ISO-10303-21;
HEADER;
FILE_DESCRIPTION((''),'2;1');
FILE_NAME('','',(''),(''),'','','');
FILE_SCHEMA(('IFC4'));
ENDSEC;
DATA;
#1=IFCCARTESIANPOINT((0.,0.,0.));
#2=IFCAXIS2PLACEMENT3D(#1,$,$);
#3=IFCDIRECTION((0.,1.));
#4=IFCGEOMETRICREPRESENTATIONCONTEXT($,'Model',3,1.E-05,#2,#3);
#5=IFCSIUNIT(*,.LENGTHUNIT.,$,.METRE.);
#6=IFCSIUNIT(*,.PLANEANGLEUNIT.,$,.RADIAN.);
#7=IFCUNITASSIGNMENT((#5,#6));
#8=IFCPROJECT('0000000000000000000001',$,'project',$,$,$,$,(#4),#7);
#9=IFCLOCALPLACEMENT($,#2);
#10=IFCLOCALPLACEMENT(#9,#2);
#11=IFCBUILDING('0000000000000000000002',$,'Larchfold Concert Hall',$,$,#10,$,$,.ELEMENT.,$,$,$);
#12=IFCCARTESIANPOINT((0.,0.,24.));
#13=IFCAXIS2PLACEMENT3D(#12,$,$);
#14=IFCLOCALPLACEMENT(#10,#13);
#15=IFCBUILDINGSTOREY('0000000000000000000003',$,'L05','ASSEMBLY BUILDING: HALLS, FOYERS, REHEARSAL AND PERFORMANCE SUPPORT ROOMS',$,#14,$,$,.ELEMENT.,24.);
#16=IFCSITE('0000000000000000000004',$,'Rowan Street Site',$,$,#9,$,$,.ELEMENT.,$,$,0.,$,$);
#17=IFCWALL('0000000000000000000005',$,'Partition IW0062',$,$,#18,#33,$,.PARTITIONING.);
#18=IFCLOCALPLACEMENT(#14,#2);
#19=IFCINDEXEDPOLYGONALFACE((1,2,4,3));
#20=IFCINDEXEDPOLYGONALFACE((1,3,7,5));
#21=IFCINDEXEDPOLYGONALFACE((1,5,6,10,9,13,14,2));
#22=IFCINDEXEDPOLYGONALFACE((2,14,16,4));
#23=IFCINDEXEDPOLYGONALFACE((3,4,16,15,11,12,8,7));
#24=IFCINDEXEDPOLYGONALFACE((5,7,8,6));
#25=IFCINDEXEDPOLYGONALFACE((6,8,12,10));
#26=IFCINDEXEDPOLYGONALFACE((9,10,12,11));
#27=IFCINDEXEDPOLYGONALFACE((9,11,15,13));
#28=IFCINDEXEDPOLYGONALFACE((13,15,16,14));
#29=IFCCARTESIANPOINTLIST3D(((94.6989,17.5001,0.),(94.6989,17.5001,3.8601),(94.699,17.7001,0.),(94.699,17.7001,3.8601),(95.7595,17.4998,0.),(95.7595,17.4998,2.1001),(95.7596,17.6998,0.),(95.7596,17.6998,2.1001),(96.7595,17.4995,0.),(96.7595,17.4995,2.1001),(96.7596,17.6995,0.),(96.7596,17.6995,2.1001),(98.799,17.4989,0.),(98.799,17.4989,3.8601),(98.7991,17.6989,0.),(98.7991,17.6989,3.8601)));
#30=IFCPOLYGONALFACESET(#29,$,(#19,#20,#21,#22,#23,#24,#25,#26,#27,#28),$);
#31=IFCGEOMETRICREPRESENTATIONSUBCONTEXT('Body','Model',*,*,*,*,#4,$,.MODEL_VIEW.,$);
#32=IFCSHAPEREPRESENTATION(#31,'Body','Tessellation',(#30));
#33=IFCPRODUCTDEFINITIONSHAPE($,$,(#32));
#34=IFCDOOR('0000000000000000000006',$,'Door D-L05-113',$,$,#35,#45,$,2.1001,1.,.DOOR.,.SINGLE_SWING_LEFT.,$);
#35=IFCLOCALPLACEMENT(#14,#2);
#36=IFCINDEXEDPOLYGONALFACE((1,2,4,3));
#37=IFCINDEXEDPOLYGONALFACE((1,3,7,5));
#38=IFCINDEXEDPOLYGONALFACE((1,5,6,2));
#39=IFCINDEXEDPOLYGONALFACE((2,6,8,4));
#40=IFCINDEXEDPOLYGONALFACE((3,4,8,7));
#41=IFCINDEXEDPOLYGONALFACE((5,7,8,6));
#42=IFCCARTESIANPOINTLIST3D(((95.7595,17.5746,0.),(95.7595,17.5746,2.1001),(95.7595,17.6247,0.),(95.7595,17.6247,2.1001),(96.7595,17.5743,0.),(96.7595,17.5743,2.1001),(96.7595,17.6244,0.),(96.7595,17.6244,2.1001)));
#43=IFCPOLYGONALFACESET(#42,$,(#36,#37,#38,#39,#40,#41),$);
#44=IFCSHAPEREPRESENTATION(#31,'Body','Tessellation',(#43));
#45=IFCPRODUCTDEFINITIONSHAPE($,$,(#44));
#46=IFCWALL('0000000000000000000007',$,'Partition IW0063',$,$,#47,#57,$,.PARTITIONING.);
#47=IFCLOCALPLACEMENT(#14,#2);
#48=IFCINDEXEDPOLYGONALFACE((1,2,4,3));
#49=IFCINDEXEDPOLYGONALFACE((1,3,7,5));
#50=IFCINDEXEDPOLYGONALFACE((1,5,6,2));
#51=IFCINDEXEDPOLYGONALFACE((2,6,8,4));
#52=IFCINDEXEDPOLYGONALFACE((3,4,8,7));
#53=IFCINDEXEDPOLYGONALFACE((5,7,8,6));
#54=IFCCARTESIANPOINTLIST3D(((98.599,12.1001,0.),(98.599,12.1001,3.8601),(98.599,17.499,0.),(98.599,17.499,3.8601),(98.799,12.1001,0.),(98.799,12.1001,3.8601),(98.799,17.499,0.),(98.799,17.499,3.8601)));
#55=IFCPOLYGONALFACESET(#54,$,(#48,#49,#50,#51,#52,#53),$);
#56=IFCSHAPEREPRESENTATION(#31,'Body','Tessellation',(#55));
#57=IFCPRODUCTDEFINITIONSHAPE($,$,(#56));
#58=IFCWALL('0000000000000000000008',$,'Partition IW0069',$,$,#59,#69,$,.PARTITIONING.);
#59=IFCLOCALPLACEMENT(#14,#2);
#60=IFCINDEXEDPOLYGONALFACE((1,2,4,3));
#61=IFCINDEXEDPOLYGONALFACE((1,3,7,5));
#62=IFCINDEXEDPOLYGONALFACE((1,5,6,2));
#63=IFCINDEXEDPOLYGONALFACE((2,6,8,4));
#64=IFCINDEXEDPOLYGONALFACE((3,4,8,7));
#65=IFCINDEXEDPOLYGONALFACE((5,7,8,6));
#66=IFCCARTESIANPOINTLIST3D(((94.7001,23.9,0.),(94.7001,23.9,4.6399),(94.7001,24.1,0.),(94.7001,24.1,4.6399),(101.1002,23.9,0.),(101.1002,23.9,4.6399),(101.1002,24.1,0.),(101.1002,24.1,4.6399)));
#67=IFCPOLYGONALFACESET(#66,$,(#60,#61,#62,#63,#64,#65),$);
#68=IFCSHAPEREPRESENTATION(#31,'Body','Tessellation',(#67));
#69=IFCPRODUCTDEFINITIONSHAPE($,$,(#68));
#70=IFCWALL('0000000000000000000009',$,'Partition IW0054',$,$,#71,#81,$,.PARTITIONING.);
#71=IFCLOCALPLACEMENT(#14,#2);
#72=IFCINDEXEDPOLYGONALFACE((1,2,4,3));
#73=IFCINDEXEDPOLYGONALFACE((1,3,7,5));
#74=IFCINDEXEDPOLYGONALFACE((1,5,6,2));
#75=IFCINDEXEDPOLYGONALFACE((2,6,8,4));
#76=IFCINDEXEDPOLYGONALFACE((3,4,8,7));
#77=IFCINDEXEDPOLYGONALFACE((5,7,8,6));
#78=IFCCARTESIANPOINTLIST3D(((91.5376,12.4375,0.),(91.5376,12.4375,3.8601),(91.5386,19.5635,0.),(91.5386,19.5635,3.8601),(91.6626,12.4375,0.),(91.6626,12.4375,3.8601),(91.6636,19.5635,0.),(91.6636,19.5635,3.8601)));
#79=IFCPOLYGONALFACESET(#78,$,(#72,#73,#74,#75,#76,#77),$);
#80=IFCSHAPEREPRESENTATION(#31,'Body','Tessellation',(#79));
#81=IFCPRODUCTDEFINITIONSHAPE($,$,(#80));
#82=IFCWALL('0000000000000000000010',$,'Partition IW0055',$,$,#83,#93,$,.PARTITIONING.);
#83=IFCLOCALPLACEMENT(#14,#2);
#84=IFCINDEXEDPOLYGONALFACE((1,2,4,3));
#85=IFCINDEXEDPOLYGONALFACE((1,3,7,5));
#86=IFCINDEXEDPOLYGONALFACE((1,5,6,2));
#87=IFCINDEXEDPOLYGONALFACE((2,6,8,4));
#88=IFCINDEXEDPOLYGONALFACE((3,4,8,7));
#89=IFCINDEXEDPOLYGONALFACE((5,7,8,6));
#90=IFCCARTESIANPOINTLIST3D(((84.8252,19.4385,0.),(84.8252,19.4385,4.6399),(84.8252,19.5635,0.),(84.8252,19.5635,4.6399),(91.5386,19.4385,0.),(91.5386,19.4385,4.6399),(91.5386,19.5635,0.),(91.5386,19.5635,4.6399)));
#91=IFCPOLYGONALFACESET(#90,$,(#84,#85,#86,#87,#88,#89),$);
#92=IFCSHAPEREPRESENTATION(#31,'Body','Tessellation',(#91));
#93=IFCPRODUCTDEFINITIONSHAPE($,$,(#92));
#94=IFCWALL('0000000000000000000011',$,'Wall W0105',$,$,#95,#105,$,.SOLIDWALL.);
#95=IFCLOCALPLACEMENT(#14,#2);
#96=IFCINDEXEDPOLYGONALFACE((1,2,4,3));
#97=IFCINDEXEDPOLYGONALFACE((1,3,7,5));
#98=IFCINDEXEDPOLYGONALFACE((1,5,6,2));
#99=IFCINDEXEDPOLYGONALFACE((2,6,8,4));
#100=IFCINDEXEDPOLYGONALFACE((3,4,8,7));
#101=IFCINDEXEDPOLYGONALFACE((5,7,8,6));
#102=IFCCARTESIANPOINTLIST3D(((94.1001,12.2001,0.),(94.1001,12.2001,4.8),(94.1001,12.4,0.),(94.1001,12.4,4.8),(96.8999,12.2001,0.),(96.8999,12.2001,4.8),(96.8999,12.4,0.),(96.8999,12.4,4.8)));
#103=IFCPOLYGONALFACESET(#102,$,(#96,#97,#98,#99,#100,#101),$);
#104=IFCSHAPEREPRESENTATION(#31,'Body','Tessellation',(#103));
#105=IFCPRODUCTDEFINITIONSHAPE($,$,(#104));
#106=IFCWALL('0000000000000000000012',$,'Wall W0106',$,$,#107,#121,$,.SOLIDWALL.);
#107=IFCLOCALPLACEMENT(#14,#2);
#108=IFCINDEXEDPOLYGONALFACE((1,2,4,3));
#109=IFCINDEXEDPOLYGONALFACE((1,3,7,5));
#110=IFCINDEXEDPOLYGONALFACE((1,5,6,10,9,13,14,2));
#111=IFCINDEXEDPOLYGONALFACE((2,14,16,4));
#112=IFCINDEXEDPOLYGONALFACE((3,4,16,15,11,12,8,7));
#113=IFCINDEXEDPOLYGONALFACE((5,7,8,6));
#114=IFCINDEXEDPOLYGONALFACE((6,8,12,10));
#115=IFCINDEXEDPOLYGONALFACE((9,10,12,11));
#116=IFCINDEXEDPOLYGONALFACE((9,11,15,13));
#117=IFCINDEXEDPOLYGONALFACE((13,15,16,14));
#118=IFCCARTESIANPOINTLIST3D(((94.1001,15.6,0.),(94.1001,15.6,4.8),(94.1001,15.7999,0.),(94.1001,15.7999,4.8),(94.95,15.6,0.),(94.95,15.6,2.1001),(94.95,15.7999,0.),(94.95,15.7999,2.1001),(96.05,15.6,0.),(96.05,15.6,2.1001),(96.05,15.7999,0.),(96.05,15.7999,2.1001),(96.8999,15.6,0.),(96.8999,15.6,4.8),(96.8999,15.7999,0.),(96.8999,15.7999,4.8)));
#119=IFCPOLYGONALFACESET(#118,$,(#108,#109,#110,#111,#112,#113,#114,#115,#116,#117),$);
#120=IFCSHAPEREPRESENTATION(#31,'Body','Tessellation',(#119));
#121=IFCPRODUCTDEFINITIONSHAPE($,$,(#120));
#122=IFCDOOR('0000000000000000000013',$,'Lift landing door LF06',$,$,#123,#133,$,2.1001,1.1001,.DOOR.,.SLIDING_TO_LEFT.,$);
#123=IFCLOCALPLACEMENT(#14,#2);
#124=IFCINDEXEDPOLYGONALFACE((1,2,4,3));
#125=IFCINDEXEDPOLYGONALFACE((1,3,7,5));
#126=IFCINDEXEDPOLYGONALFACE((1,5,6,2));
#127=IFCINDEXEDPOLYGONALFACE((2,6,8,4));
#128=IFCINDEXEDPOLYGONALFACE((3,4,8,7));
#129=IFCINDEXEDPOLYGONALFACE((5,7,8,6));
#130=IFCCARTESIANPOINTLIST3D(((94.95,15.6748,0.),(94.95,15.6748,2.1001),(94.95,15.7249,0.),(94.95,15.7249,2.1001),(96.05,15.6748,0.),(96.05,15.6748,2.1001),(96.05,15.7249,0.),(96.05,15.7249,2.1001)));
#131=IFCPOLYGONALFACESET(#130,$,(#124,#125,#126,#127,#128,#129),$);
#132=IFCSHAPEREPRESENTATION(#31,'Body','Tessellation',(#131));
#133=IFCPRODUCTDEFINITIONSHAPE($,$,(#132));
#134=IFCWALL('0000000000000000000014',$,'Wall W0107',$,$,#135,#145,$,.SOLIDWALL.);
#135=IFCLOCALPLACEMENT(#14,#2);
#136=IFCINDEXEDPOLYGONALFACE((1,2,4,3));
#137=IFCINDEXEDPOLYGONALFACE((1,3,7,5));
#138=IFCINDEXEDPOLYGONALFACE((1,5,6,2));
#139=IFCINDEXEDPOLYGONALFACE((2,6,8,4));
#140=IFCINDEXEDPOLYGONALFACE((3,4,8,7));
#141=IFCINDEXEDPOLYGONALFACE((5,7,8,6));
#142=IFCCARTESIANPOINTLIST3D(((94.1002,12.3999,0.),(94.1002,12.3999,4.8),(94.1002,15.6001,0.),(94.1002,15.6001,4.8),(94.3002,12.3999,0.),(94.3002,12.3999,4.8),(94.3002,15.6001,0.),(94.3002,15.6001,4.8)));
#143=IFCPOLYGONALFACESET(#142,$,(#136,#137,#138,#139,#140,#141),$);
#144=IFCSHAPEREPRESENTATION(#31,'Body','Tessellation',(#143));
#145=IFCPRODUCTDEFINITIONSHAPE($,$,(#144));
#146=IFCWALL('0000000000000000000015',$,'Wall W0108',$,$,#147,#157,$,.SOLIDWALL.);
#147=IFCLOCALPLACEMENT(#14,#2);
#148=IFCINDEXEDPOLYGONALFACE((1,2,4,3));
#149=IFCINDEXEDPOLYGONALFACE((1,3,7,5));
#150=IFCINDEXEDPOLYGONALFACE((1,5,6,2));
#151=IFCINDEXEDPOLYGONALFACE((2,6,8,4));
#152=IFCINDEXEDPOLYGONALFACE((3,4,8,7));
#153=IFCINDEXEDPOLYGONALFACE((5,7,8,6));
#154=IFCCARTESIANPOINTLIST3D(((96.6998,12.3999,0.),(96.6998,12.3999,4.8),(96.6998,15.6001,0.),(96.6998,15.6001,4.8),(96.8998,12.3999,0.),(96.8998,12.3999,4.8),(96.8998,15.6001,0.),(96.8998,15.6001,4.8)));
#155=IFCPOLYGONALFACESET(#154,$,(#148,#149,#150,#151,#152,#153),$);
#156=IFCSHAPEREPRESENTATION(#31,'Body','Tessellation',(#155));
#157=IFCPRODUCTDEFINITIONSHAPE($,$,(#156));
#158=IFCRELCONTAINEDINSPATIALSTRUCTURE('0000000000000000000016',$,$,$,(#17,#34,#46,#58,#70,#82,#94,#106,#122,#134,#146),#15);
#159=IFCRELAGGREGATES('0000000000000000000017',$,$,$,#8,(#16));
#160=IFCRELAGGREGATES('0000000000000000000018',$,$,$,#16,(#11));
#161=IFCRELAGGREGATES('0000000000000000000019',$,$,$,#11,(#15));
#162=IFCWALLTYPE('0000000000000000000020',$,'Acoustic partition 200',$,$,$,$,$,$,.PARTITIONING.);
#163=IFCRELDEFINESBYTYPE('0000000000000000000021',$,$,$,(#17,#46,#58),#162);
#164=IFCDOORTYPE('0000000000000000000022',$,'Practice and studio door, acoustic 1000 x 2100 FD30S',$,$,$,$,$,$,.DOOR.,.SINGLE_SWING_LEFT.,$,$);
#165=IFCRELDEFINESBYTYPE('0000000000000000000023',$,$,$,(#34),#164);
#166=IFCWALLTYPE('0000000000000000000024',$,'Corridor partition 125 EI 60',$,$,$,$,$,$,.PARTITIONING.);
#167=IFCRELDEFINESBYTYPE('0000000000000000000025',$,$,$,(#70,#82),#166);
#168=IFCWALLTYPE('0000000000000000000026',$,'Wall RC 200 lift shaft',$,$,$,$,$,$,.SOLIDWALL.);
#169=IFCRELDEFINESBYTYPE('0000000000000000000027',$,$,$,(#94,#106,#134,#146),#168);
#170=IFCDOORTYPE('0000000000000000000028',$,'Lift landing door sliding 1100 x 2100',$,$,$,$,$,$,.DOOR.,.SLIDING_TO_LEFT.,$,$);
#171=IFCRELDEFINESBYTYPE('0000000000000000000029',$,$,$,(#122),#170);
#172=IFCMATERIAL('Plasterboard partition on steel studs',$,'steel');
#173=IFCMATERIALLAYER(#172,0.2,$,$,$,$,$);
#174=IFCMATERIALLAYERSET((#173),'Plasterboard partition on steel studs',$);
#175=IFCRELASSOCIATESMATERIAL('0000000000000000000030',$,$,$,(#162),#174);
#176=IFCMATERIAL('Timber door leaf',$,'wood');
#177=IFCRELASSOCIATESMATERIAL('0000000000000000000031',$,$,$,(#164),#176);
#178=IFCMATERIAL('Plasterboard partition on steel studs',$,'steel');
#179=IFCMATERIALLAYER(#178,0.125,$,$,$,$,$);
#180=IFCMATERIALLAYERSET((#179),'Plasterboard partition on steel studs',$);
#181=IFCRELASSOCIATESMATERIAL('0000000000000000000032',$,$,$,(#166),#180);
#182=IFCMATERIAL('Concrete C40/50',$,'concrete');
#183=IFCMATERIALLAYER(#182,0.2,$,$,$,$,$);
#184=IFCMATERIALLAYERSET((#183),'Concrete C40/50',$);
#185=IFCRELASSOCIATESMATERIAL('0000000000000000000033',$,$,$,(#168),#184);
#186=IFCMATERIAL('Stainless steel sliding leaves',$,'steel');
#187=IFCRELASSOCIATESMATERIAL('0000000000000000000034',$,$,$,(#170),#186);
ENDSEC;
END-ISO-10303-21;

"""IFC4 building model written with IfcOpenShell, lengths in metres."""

from ifc_helpers import new_model, si_unit, direction, frame, frame_2d, origin, place, context, subcontext, project, spatial, rectangle, extrude, material, layer, layer_set, type_object, element, fill, save


model = new_model("IFC4")

# Units and contexts
model_context = context("Model", 3, precision=1e-05, world=origin(), true_north=direction((0.0, 1.0)))
body_context = subcontext(model_context, "Body", "Model", "MODEL_VIEW")
ifc_project = project(units=[si_unit("LENGTHUNIT", "METRE"), si_unit("PLANEANGLEUNIT", "RADIAN")], contexts=[model_context])

# Site, building, storey
site_placement = place(None, origin())
site = spatial("IfcSite", under=ifc_project, at=site_placement, Name="Rowan Street Site", CompositionType="ELEMENT", RefElevation=0.0)
building_placement = place(site_placement, origin())
building = spatial("IfcBuilding", under=site, at=building_placement, Name="Larchfold Concert Hall", CompositionType="ELEMENT")
storey_placement = place(building_placement, frame((0.0, 0.0, 24.0)))
storey = spatial("IfcBuildingStorey", under=building, at=storey_placement, Name="L05", Description="ASSEMBLY BUILDING: HALLS, FOYERS, REHEARSAL AND PERFORMANCE SUPPORT ROOMS", CompositionType="ELEMENT", Elevation=24.0)

# Shared definitions
ifc_material_1 = material(Name="Plasterboard partition on steel studs", Category="steel")
ifc_layer_1 = layer(ifc_material_1, 0.2)
ifc_layer_set_1 = layer_set([ifc_layer_1], Name="Plasterboard partition on steel studs")
wall_type_1 = type_object("IfcWallType", Name="Acoustic partition 200", PredefinedType="PARTITIONING", material=ifc_layer_set_1)

# Wall, opening, door
wall_1_placement = place(storey_placement, frame((94.699, 17.6001, 0.0), z_axis=(0.0, 0.0, 1.0), x_axis=(1.0, -0.000298, 0.0)))
wall_1 = element("IfcWall", 1, at=wall_1_placement, inside=storey, type_object=wall_type_1, Name="Partition IW0062", PredefinedType="PARTITIONING", context=body_context, shape_type="SweptSolid", body=[
    extrude(rectangle(XDim=4.1001, YDim=0.2, at=frame_2d((2.05, 0.0))), origin(), (0.0, 0.0, 1.0), 3.8601),
])
opening_1_placement = place(wall_1_placement, frame((1.0605, 0.0, 0.0)))
opening_1 = element("IfcOpeningElement", 2, at=opening_1_placement, cuts=wall_1, PredefinedType="OPENING", context=body_context, shape_type="SweptSolid", body=[
    extrude(rectangle(XDim=1.0, YDim=2.1001, at=frame_2d((0.5, 1.05))), frame((0.0, 0.1099, 0.0), z_axis=(0.0, -1.0, 0.0), x_axis=(1.0, 0.0, 0.0)), (0.0, 0.0, 1.0), 0.22),
])
ifc_material_2 = material(Name="Timber door leaf", Category="wood")
door_type_1 = type_object("IfcDoorType", Name="Practice and studio door, acoustic 1000 x 2100 FD30S", OperationType="SINGLE_SWING_LEFT", PredefinedType="DOOR", material=ifc_material_2)
door_1_placement = place(opening_1_placement, origin())
door_1 = element("IfcDoor", 3, at=door_1_placement, inside=storey, type_object=door_type_1, Name="Door D-L05-113", OperationType="SINGLE_SWING_LEFT", OverallHeight=2.1001, OverallWidth=1.0, PredefinedType="DOOR", context=body_context, shape_type="SweptSolid", body=[
    extrude(rectangle(XDim=1.0, YDim=2.1001, at=frame_2d((0.5, 1.05))), frame((0.0, 0.0249, 0.0), z_axis=(0.0, -1.0, 0.0), x_axis=(1.0, 0.0, 0.0)), (0.0, 0.0, 1.0), 0.05),
])
fill(opening_1, door_1)

# Walls
wall_2_placement = place(storey_placement, frame((98.699, 17.499, 0.0), z_axis=(0.0, 0.0, 1.0), x_axis=(0.0, -1.0, 0.0)))
element("IfcWall", 4, at=wall_2_placement, inside=storey, type_object=wall_type_1, Name="Partition IW0063", PredefinedType="PARTITIONING", context=body_context, shape_type="SweptSolid", body=[
    extrude(rectangle(XDim=5.3989, YDim=0.2, at=frame_2d((2.6995, 0.0))), origin(), (0.0, 0.0, 1.0), 3.8601),
])
wall_3_placement = place(storey_placement, frame((94.7, 24.0, 0.0), z_axis=(0.0, 0.0, 1.0), x_axis=(1.0, 0.0, 0.0)))
element("IfcWall", 5, at=wall_3_placement, inside=storey, type_object=wall_type_1, Name="Partition IW0069", PredefinedType="PARTITIONING", context=body_context, shape_type="SweptSolid", body=[
    extrude(rectangle(XDim=6.4001, YDim=0.2, at=frame_2d((3.2002, 0.0))), origin(), (0.0, 0.0, 1.0), 4.6399),
])
ifc_material_3 = material(Name="Plasterboard partition on steel studs", Category="steel")
ifc_layer_2 = layer(ifc_material_3, 0.125)
ifc_layer_set_2 = layer_set([ifc_layer_2], Name="Plasterboard partition on steel studs")
wall_type_2 = type_object("IfcWallType", Name="Corridor partition 125 EI 60", PredefinedType="PARTITIONING", material=ifc_layer_set_2)
wall_4_placement = place(storey_placement, frame((91.6001, 12.4375, 0.0), z_axis=(0.0, 0.0, 1.0), x_axis=(0.000137, 1.0, 0.0)))
element("IfcWall", 6, at=wall_4_placement, inside=storey, type_object=wall_type_2, Name="Partition IW0054", PredefinedType="PARTITIONING", context=body_context, shape_type="SweptSolid", body=[
    extrude(rectangle(XDim=7.126, YDim=0.125, at=frame_2d((3.563, 0.0))), origin(), (0.0, 0.0, 1.0), 3.8601),
])
wall_5_placement = place(storey_placement, frame((91.5386, 19.501, 0.0), z_axis=(0.0, 0.0, 1.0), x_axis=(-1.0, 0.0, 0.0)))
element("IfcWall", 7, at=wall_5_placement, inside=storey, type_object=wall_type_2, Name="Partition IW0055", PredefinedType="PARTITIONING", context=body_context, shape_type="SweptSolid", body=[
    extrude(rectangle(XDim=6.7134, YDim=0.125, at=frame_2d((3.3567, 0.0))), origin(), (0.0, 0.0, 1.0), 4.6399),
])
ifc_material_4 = material(Name="Concrete C40/50", Category="concrete")
ifc_layer_3 = layer(ifc_material_4, 0.2)
ifc_layer_set_3 = layer_set([ifc_layer_3], Name="Concrete C40/50")
wall_type_3 = type_object("IfcWallType", Name="Wall RC 200 lift shaft", PredefinedType="SOLIDWALL", material=ifc_layer_set_3)
wall_6_placement = place(storey_placement, frame((94.1001, 12.3, 0.0), z_axis=(0.0, 0.0, 1.0), x_axis=(1.0, 0.0, 0.0)))
element("IfcWall", 8, at=wall_6_placement, inside=storey, type_object=wall_type_3, Name="Wall W0105", PredefinedType="SOLIDWALL", context=body_context, shape_type="SweptSolid", body=[
    extrude(rectangle(XDim=2.7998, YDim=0.2, at=frame_2d((1.3999, 0.0))), origin(), (0.0, 0.0, 1.0), 4.8),
])

# Wall, opening, door
wall_7_placement = place(storey_placement, frame((94.1001, 15.7, 0.0), z_axis=(0.0, 0.0, 1.0), x_axis=(1.0, 0.0, 0.0)))
wall_7 = element("IfcWall", 9, at=wall_7_placement, inside=storey, type_object=wall_type_3, Name="Wall W0106", PredefinedType="SOLIDWALL", context=body_context, shape_type="SweptSolid", body=[
    extrude(rectangle(XDim=2.7998, YDim=0.2, at=frame_2d((1.3999, 0.0))), origin(), (0.0, 0.0, 1.0), 4.8),
])
opening_2_placement = place(wall_7_placement, frame((0.8499, 0.0, 0.0)))
opening_2 = element("IfcOpeningElement", 10, at=opening_2_placement, cuts=wall_7, PredefinedType="OPENING", context=body_context, shape_type="SweptSolid", body=[
    extrude(rectangle(XDim=1.1001, YDim=2.1001, at=frame_2d((0.55, 1.05))), frame((0.0, 0.1099, 0.0), z_axis=(0.0, -1.0, 0.0), x_axis=(1.0, 0.0, 0.0)), (0.0, 0.0, 1.0), 0.22),
])
ifc_material_5 = material(Name="Stainless steel sliding leaves", Category="steel")
door_type_2 = type_object("IfcDoorType", Name="Lift landing door sliding 1100 x 2100", OperationType="SLIDING_TO_LEFT", PredefinedType="DOOR", material=ifc_material_5)
door_2_placement = place(opening_2_placement, origin())
door_2 = element("IfcDoor", 11, at=door_2_placement, inside=storey, type_object=door_type_2, Name="Lift landing door LF06", OperationType="SLIDING_TO_LEFT", OverallHeight=2.1001, OverallWidth=1.1001, PredefinedType="DOOR", context=body_context, shape_type="SweptSolid", body=[
    extrude(rectangle(XDim=1.1001, YDim=2.1001, at=frame_2d((0.55, 1.05))), frame((0.0, 0.0249, 0.0), z_axis=(0.0, -1.0, 0.0), x_axis=(1.0, 0.0, 0.0)), (0.0, 0.0, 1.0), 0.05),
])
fill(opening_2, door_2)

# Walls
for number, where, z_axis, x_axis, name in (
    (12, (94.2002, 12.3999, 0.0), (0.0, 0.0, 1.0), (0.0, 1.0, 0.0), "Wall W0107"),
    (13, (96.7998, 12.3999, 0.0), (0.0, 0.0, 1.0), (0.0, 1.0, 0.0), "Wall W0108"),
):
    element("IfcWall", number, at=place(storey_placement, frame(where, z_axis=z_axis, x_axis=x_axis)), inside=storey, type_object=wall_type_3, Name=name, PredefinedType="SOLIDWALL", context=body_context, shape_type="SweptSolid", body=[
        extrude(rectangle(XDim=3.2002, YDim=0.2, at=frame_2d((1.6001, 0.0))), origin(), (0.0, 0.0, 1.0), 4.8),
    ])

save(model, "model.ifc")
